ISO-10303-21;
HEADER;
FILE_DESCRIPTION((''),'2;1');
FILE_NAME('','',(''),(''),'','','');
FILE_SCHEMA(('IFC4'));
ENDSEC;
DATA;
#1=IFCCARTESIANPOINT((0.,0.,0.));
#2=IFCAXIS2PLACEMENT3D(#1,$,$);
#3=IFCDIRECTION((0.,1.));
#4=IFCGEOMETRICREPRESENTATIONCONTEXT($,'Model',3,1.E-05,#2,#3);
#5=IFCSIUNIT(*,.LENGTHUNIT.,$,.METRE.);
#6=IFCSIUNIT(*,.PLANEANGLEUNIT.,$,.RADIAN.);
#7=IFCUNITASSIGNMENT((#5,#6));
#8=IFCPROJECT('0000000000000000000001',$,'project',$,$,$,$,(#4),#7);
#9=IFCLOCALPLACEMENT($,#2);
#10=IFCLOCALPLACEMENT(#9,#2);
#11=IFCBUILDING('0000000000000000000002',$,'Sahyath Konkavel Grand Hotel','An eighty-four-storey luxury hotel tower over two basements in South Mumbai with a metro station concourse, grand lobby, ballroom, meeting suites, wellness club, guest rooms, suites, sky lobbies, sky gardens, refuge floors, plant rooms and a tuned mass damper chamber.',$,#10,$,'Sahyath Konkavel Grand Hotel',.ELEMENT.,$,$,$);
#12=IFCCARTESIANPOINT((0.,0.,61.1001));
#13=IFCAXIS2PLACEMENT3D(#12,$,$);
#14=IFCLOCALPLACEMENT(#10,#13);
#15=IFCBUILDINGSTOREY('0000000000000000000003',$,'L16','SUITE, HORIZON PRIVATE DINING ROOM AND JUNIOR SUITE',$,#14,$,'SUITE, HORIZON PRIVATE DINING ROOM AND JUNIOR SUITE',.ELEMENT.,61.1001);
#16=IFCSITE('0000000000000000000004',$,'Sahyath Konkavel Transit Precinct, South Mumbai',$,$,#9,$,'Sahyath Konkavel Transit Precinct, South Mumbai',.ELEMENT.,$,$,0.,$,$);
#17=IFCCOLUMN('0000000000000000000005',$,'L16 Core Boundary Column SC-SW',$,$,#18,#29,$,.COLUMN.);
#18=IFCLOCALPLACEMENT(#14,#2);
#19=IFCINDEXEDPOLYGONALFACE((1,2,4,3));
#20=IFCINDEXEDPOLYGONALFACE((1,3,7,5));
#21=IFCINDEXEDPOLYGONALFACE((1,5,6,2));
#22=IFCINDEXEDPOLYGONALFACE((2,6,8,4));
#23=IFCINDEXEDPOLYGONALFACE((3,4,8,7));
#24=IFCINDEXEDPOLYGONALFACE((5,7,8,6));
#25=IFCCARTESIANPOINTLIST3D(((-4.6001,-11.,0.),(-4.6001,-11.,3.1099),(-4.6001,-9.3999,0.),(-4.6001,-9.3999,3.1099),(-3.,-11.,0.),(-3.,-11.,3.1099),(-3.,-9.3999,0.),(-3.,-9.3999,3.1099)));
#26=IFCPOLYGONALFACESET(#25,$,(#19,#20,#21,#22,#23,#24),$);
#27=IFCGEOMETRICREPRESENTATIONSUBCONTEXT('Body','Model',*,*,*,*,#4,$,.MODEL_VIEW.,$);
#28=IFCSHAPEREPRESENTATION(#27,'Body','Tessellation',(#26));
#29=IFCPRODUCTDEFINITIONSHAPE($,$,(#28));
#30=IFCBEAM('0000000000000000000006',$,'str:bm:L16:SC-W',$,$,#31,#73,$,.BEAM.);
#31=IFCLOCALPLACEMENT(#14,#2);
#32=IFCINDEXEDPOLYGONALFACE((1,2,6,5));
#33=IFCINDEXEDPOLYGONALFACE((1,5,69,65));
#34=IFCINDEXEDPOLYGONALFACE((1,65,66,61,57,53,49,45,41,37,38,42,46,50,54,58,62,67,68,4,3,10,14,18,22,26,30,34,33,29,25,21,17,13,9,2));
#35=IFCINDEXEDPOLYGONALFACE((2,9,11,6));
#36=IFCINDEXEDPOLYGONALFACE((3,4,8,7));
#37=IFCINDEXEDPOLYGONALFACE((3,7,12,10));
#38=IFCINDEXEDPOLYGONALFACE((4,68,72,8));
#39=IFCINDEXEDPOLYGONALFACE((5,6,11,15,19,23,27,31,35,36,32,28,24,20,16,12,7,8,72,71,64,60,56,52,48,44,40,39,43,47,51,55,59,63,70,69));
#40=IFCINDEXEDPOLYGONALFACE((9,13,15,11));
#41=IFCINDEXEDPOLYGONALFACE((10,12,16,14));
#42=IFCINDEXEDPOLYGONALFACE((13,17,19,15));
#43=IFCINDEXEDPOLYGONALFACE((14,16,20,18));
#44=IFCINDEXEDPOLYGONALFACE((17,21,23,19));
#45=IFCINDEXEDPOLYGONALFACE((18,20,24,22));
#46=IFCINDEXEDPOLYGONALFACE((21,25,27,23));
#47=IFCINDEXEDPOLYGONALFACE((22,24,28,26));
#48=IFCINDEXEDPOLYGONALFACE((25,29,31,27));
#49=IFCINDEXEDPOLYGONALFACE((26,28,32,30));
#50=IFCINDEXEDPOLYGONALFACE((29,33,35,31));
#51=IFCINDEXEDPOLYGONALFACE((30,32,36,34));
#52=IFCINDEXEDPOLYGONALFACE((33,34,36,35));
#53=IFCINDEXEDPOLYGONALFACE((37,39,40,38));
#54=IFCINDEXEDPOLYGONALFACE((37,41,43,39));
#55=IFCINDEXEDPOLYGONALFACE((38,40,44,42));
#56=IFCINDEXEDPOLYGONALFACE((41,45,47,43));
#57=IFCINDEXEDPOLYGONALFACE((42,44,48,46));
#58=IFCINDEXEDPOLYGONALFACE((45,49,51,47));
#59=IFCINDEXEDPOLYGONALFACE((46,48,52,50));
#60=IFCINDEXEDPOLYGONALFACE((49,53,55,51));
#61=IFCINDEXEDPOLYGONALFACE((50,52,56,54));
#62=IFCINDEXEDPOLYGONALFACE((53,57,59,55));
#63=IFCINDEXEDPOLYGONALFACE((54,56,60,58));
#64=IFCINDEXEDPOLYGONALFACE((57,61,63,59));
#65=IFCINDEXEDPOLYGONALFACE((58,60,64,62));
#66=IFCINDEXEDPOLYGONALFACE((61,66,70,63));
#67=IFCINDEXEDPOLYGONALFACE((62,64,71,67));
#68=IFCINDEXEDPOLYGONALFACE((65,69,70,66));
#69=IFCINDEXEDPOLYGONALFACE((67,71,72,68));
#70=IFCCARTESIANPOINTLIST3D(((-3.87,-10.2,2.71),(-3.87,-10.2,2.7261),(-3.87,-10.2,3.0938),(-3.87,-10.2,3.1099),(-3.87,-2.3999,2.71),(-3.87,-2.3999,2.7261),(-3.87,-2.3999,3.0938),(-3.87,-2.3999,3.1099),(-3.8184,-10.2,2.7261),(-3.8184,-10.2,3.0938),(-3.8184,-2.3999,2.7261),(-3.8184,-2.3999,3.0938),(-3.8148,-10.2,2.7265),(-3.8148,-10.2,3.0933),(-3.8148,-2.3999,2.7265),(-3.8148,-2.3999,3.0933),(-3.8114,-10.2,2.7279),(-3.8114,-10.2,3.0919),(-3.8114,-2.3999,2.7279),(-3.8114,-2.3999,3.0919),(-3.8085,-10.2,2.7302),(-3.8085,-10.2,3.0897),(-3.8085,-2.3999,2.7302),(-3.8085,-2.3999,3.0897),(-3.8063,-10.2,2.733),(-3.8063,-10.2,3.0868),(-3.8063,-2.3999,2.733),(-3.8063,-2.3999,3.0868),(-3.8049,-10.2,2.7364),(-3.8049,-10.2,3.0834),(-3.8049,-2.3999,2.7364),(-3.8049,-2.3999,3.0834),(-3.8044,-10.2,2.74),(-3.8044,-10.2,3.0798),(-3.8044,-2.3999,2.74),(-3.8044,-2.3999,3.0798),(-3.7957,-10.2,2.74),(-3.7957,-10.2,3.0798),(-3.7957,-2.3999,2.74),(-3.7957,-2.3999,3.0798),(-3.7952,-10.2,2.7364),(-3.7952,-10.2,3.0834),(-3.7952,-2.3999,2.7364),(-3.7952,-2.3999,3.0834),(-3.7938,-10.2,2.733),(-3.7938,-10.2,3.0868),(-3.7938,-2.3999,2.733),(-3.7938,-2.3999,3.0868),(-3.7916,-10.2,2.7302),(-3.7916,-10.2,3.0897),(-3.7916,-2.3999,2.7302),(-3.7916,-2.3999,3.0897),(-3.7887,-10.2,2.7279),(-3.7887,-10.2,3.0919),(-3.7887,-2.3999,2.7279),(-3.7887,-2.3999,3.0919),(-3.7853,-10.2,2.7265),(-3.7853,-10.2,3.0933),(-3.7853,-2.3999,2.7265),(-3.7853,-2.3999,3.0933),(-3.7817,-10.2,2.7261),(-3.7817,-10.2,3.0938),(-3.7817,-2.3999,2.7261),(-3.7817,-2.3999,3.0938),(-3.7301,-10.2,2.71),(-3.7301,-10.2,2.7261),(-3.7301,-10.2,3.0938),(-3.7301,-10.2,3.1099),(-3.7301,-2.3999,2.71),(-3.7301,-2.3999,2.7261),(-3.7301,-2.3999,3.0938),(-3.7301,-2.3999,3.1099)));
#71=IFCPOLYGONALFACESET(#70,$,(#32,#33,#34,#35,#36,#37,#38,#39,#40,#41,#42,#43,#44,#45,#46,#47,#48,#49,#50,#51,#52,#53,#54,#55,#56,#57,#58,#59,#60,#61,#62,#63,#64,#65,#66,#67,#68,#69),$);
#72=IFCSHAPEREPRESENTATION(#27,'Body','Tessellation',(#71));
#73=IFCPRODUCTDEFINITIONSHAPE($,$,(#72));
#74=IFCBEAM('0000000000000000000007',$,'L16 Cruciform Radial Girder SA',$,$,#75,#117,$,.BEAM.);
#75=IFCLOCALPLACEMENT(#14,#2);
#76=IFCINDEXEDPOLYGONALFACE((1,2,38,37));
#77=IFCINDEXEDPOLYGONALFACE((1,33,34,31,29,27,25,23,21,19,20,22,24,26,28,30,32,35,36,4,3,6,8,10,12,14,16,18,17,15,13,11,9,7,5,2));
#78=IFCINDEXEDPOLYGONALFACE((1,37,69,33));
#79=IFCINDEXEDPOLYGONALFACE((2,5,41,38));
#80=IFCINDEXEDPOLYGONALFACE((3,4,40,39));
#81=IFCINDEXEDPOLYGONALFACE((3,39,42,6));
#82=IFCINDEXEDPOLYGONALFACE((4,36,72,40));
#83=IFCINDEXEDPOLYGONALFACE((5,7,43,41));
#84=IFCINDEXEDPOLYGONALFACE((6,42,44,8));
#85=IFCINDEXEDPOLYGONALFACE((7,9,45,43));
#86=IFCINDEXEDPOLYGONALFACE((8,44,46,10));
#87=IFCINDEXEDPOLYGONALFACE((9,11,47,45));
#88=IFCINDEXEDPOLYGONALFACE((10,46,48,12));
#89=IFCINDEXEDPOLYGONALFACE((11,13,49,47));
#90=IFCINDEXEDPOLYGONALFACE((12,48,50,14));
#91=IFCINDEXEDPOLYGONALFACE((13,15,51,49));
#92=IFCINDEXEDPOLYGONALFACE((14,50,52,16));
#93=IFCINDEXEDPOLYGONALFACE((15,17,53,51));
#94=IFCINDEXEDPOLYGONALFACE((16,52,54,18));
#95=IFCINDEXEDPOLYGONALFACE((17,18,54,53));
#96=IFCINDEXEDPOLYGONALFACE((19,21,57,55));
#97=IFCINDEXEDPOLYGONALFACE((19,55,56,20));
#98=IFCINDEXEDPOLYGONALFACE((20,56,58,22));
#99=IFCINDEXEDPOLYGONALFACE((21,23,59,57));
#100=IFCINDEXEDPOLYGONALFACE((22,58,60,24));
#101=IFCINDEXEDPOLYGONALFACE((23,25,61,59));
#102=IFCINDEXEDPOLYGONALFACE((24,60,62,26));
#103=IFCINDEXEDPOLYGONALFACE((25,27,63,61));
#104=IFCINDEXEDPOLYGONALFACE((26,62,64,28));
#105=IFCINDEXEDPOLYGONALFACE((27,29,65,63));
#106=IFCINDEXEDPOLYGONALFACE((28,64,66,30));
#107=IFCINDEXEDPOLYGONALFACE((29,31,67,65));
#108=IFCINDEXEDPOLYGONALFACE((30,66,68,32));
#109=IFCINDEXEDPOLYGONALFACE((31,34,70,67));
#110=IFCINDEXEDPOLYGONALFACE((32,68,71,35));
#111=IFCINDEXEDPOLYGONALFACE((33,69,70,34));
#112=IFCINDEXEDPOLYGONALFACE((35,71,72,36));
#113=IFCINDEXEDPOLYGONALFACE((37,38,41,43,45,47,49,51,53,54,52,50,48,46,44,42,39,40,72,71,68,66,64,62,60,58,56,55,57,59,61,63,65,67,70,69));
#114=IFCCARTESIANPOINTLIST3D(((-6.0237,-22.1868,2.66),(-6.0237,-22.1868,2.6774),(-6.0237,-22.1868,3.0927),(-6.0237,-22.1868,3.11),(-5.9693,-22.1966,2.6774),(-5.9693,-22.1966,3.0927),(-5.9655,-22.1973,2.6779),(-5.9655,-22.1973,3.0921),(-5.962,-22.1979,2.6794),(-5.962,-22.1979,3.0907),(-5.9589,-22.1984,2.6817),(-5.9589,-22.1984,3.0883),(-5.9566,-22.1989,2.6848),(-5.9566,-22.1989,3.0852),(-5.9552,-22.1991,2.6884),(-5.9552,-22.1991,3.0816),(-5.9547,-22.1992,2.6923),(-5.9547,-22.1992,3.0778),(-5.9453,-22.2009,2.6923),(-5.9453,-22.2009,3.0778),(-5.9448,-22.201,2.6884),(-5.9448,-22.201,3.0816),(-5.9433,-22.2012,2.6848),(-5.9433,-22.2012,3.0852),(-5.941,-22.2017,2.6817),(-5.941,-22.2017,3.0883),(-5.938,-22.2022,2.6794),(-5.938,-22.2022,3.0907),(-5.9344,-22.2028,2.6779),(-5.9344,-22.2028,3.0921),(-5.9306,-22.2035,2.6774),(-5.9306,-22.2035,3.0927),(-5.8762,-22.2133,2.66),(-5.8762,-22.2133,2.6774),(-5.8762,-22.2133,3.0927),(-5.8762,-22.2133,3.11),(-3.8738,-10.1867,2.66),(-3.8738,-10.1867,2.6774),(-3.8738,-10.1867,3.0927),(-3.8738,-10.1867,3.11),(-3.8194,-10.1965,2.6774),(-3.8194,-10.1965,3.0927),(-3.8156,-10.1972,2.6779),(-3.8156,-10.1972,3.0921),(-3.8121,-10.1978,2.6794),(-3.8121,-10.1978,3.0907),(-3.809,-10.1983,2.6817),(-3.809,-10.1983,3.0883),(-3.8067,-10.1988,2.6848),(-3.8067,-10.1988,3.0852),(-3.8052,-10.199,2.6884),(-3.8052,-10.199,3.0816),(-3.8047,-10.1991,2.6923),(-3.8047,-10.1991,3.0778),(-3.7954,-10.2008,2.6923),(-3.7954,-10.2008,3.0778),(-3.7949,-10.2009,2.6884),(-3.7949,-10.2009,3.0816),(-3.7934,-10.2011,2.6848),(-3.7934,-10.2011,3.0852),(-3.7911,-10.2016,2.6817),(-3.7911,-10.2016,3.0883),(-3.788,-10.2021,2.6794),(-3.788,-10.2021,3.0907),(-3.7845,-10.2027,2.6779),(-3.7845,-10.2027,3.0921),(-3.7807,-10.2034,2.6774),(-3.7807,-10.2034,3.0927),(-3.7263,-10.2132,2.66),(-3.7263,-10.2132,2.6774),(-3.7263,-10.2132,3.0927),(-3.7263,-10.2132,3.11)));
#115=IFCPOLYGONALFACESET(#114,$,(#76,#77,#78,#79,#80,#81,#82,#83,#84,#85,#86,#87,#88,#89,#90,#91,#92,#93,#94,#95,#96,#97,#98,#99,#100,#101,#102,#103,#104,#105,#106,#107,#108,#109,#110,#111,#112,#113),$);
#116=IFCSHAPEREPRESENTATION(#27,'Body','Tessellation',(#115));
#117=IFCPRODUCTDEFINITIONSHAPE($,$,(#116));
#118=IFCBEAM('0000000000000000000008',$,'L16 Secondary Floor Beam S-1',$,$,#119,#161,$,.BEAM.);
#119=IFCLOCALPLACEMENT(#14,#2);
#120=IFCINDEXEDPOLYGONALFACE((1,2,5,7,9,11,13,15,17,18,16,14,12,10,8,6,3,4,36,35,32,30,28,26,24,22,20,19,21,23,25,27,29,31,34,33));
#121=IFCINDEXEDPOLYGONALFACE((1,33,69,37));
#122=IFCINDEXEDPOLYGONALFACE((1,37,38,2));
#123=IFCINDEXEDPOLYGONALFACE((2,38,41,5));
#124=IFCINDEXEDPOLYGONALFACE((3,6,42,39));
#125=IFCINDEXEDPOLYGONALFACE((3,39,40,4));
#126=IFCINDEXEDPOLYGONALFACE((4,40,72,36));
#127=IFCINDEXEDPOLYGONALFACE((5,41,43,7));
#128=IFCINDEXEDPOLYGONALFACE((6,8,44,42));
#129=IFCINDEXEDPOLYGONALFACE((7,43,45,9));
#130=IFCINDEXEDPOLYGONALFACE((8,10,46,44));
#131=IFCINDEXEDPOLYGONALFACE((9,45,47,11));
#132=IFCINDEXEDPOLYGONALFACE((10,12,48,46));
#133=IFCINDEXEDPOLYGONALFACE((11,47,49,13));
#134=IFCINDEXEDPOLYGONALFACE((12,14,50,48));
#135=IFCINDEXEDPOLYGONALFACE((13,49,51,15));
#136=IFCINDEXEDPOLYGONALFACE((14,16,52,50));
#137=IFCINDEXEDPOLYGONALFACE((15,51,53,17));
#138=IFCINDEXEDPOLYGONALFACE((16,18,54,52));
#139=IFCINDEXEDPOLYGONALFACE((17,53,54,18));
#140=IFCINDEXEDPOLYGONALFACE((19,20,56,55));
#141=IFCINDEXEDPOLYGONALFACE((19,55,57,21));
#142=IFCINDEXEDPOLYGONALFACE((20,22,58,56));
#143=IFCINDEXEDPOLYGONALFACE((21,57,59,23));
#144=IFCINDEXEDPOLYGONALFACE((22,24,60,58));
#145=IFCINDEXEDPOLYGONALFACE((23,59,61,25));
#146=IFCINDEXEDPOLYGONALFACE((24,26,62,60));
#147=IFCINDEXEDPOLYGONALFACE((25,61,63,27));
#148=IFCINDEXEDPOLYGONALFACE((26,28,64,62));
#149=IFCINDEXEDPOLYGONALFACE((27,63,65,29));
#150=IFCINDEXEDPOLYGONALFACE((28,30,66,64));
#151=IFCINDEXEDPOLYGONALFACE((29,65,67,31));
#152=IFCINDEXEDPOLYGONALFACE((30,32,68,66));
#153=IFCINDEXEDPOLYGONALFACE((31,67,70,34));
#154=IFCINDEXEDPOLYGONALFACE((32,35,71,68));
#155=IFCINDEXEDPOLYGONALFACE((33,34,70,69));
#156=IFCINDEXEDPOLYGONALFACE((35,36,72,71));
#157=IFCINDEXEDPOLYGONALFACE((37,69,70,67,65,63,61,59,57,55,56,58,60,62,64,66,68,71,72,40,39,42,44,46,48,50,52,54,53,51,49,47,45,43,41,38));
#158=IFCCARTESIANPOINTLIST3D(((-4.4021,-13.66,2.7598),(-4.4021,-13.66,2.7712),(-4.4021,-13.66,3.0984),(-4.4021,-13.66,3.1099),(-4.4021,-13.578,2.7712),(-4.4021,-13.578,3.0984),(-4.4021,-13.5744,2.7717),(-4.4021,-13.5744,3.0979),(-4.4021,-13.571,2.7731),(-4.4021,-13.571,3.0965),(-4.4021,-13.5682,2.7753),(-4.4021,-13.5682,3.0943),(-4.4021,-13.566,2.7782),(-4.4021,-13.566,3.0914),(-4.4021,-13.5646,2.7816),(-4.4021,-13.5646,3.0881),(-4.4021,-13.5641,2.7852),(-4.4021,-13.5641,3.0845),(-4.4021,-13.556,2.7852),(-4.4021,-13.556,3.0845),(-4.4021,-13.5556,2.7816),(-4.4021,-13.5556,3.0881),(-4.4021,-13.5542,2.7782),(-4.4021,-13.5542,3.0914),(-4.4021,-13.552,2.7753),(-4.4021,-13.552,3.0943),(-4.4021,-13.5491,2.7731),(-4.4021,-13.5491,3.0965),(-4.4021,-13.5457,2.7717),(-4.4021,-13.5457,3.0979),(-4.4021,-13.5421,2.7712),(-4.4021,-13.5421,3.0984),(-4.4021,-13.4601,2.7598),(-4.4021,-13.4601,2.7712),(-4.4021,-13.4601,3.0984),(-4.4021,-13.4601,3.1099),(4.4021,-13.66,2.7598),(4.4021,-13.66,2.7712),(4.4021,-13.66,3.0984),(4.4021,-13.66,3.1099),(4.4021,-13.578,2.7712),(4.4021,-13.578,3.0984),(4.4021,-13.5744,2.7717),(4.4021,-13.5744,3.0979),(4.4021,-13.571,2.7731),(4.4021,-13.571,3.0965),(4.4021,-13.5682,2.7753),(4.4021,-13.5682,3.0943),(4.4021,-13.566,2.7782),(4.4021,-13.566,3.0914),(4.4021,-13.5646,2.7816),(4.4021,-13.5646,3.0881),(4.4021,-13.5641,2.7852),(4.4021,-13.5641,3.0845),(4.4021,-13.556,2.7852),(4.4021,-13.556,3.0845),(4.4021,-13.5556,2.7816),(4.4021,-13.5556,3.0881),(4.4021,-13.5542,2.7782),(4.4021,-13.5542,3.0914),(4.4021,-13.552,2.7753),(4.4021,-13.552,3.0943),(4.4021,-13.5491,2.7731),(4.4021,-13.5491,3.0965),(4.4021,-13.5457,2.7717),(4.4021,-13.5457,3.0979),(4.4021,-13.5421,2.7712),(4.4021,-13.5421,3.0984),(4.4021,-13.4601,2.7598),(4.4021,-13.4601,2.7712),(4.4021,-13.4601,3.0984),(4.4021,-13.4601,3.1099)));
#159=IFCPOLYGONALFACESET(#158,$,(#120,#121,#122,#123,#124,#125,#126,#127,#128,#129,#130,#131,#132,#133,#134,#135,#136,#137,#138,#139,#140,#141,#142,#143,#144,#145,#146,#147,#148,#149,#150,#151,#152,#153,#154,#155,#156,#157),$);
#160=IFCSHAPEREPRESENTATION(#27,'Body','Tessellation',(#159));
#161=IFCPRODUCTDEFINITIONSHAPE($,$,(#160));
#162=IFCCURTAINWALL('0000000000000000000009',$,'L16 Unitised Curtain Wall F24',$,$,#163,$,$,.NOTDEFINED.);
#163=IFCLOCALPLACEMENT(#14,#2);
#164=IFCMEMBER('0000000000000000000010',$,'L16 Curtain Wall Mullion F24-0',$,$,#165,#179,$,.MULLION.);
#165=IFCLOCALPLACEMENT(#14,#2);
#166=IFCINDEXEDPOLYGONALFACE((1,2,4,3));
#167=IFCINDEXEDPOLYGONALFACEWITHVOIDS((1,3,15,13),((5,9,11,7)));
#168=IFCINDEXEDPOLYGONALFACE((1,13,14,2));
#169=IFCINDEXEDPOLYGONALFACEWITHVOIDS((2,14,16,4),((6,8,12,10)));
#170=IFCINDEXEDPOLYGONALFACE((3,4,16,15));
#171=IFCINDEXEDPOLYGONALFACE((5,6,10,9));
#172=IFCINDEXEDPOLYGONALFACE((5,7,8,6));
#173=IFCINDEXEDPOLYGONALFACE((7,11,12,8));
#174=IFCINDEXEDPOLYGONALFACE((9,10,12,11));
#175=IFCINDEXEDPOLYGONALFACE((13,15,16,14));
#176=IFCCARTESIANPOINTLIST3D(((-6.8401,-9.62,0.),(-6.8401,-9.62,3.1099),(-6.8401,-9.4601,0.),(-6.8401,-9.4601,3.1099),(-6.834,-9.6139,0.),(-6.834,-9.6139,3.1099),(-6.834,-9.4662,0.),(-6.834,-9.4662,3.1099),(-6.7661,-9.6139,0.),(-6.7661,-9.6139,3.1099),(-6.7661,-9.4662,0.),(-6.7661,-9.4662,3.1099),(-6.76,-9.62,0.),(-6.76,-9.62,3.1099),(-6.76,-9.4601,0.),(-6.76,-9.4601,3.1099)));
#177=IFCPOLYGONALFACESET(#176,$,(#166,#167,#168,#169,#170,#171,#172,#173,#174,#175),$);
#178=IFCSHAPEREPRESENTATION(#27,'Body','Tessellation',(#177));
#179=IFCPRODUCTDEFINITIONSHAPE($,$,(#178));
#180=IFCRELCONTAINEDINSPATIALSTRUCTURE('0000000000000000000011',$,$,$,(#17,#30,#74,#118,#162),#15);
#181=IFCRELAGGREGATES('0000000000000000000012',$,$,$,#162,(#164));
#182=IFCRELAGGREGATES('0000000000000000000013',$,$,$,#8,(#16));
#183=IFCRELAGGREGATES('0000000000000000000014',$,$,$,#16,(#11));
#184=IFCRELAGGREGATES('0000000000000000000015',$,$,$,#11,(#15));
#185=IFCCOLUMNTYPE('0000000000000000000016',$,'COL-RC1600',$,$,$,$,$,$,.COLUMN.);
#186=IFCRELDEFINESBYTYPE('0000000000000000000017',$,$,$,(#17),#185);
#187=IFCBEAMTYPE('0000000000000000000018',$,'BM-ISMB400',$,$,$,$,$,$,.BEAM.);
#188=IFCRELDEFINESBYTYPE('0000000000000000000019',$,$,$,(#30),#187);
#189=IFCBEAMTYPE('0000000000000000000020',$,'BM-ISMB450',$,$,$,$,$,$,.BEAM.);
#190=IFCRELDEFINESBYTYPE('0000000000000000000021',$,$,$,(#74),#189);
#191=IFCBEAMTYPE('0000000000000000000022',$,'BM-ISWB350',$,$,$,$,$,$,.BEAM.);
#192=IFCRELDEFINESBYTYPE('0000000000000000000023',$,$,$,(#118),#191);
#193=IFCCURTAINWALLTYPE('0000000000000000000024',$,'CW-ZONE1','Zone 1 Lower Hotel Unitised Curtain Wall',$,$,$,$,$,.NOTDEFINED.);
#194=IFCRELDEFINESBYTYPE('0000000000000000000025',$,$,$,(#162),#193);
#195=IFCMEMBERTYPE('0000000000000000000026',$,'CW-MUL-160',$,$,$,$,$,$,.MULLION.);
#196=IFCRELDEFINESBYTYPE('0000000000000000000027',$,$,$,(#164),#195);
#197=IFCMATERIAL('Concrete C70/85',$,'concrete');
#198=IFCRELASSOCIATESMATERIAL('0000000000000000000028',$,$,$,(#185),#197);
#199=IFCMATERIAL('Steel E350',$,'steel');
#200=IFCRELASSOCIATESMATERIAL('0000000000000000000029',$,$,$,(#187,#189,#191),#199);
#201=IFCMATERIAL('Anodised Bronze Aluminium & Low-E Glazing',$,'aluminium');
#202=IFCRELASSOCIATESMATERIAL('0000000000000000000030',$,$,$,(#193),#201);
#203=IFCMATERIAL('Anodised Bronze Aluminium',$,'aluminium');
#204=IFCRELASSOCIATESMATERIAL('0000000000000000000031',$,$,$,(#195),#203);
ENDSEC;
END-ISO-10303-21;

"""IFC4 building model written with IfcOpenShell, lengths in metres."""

from ifc_helpers import new_model, si_unit, direction, frame, origin, origin_2d, place, context, subcontext, project, spatial, rectangle, hollow_rectangle, i_section, extrude, source, transform, mapped, material, material_profile, profile_set, type_object, element, aggregate, save


model = new_model("IFC4")

# Units and contexts
model_context = context("Model", 3, precision=1e-05, world=origin(), true_north=direction((0.0, 1.0)))
body_context = subcontext(model_context, "Body", "Model", "MODEL_VIEW")
ifc_project = project(units=[si_unit("LENGTHUNIT", "METRE"), si_unit("PLANEANGLEUNIT", "RADIAN")], contexts=[model_context])

# Site, building, storey
site_placement = place(None, origin())
site = spatial("IfcSite", under=ifc_project, at=site_placement, Name="Sahyath Konkavel Transit Precinct, South Mumbai", LongName="Sahyath Konkavel Transit Precinct, South Mumbai", CompositionType="ELEMENT", RefElevation=0.0)
building_placement = place(site_placement, origin())
building = spatial("IfcBuilding", under=site, at=building_placement, Name="Sahyath Konkavel Grand Hotel", Description="An eighty-four-storey luxury hotel tower over two basements in South Mumbai with a metro station concourse, grand lobby, ballroom, meeting suites, wellness club, guest rooms, suites, sky lobbies, sky gardens, refuge floors, plant rooms and a tuned mass damper chamber.", LongName="Sahyath Konkavel Grand Hotel", CompositionType="ELEMENT")
storey_placement = place(building_placement, frame((0.0, 0.0, 61.1001)))
storey = spatial("IfcBuildingStorey", under=building, at=storey_placement, Name="L16", Description="SUITE, HORIZON PRIVATE DINING ROOM AND JUNIOR SUITE", LongName="SUITE, HORIZON PRIVATE DINING ROOM AND JUNIOR SUITE", CompositionType="ELEMENT", Elevation=61.1001)

# Column
ifc_material_1 = material(Name="Concrete C70/85", Category="concrete")
ifc_material_profile_1 = material_profile(ifc_material_1, rectangle(XDim=1.6001, YDim=1.6001, at=origin_2d()), Name="RC 1600x1600")
ifc_profile_set_1 = profile_set([ifc_material_profile_1], Name="Concrete C70/85")
column_type = type_object("IfcColumnType", Name="COL-RC1600", PredefinedType="COLUMN", material=ifc_profile_set_1)
shared_shape_1 = source(origin(), body_context, "Body", "SweptSolid", [
    extrude(rectangle(XDim=1.6001, YDim=1.6001, at=origin_2d()), origin(), (0.0, 0.0, 1.0), 3.1099),
])
column_placement = place(storey_placement, frame((-3.8, -10.2, 0.0), z_axis=(0.0, 0.0, 1.0), x_axis=(1.0, 0.0, 0.0)))
element("IfcColumn", 1, at=column_placement, inside=storey, type_object=column_type, Name="L16 Core Boundary Column SC-SW", PredefinedType="COLUMN", context=body_context, shape_type="MappedRepresentation", body=[
    mapped(shared_shape_1, transform((0.0, 0.0, 0.0), scale=1.0)),
])

# Beams
ifc_material_2 = material(Name="Steel E350", Category="steel")
ifc_material_profile_2 = material_profile(ifc_material_2, i_section(OverallWidth=0.1399, OverallDepth=0.3999, WebThickness=0.0088, FlangeThickness=0.0161, FilletRadius=0.0139, at=origin_2d()), Name="ISMB 400")
ifc_profile_set_2 = profile_set([ifc_material_profile_2], Name="Steel E350")
beam_type_1 = type_object("IfcBeamType", Name="BM-ISMB400", PredefinedType="BEAM", material=ifc_profile_set_2)
shared_shape_2 = source(origin(), body_context, "Body", "SweptSolid", [
    extrude(i_section(OverallWidth=0.1399, OverallDepth=0.3999, WebThickness=0.0088, FlangeThickness=0.0161, FilletRadius=0.0139, at=origin_2d()), origin(), (0.0, 0.0, 1.0), 7.8),
])
beam_1_placement = place(storey_placement, frame((-3.8, -10.2, 2.9099), z_axis=(0.0, 1.0, 0.0), x_axis=(-1.0, 0.0, 0.0)))
element("IfcBeam", 2, at=beam_1_placement, inside=storey, type_object=beam_type_1, Name="str:bm:L16:SC-W", PredefinedType="BEAM", context=body_context, shape_type="MappedRepresentation", body=[
    mapped(shared_shape_2, transform((0.0, 0.0, 0.0), scale=1.0)),
])
ifc_material_profile_3 = material_profile(ifc_material_2, i_section(OverallWidth=0.1499, OverallDepth=0.45, WebThickness=0.0095, FlangeThickness=0.0173, FilletRadius=0.0149, at=origin_2d()), Name="ISMB 450")
ifc_profile_set_3 = profile_set([ifc_material_profile_3], Name="Steel E350")
beam_type_2 = type_object("IfcBeamType", Name="BM-ISMB450", PredefinedType="BEAM", material=ifc_profile_set_3)
shared_shape_3 = source(origin(), body_context, "Body", "SweptSolid", [
    extrude(i_section(OverallWidth=0.1499, OverallDepth=0.45, WebThickness=0.0095, FlangeThickness=0.0173, FilletRadius=0.0149, at=origin_2d()), origin(), (0.0, 0.0, 1.0), 12.1912),
])
beam_2_placement = place(storey_placement, frame((-3.8, -10.2, 2.885), z_axis=(-0.176351, -0.984327, 0.0), x_axis=(0.984327, -0.176351, 0.0)))
element("IfcBeam", 3, at=beam_2_placement, inside=storey, type_object=beam_type_2, Name="L16 Cruciform Radial Girder SA", PredefinedType="BEAM", context=body_context, shape_type="MappedRepresentation", body=[
    mapped(shared_shape_3, transform((0.0, 0.0, 0.0), scale=1.0)),
])
ifc_material_profile_4 = material_profile(ifc_material_2, i_section(OverallWidth=0.2, OverallDepth=0.3501, WebThickness=0.0081, FlangeThickness=0.0115, FilletRadius=0.0139, at=origin_2d()), Name="ISWB 350")
ifc_profile_set_4 = profile_set([ifc_material_profile_4], Name="Steel E350")
beam_type_3 = type_object("IfcBeamType", Name="BM-ISWB350", PredefinedType="BEAM", material=ifc_profile_set_4)
shared_shape_4 = source(origin(), body_context, "Body", "SweptSolid", [
    extrude(i_section(OverallWidth=0.2, OverallDepth=0.3501, WebThickness=0.0081, FlangeThickness=0.0115, FilletRadius=0.0139, at=origin_2d()), origin(), (0.0, 0.0, 1.0), 8.8042),
])
beam_3_placement = place(storey_placement, frame((-4.4021, -13.5601, 2.9348), z_axis=(1.0, 0.0, 0.0), x_axis=(0.0, 1.0, 0.0)))
element("IfcBeam", 4, at=beam_3_placement, inside=storey, type_object=beam_type_3, Name="L16 Secondary Floor Beam S-1", PredefinedType="BEAM", context=body_context, shape_type="MappedRepresentation", body=[
    mapped(shared_shape_4, transform((0.0, 0.0, 0.0), scale=1.0)),
])

# Curtain wall, member
ifc_material_3 = material(Name="Anodised Bronze Aluminium & Low-E Glazing", Category="aluminium")
curtain_wall_type = type_object("IfcCurtainWallType", Name="CW-ZONE1", Description="Zone 1 Lower Hotel Unitised Curtain Wall", PredefinedType="NOTDEFINED", material=ifc_material_3)
curtain_wall_1_placement = place(storey_placement, origin())
curtain_wall_1 = element("IfcCurtainWall", 5, at=curtain_wall_1_placement, inside=storey, type_object=curtain_wall_type, Name="L16 Unitised Curtain Wall F24", PredefinedType="NOTDEFINED")
ifc_material_4 = material(Name="Anodised Bronze Aluminium", Category="aluminium")
ifc_material_profile_5 = material_profile(ifc_material_4, hollow_rectangle(XDim=0.0801, YDim=0.1599, WallThickness=0.0061, at=origin_2d()), Name="RHS 160x80x6")
ifc_profile_set_5 = profile_set([ifc_material_profile_5], Name="Anodised Bronze Aluminium")
member_type_1 = type_object("IfcMemberType", Name="CW-MUL-160", PredefinedType="MULLION", material=ifc_profile_set_5)
shared_shape_5 = source(origin(), body_context, "Body", "SweptSolid", [
    extrude(hollow_rectangle(XDim=0.0801, YDim=0.1599, WallThickness=0.0061, at=origin_2d()), origin(), (0.0, 0.0, 1.0), 3.1099),
])
member_1_placement = place(storey_placement, frame((-6.8, -9.54, 0.0), z_axis=(0.0, 0.0, 1.0), x_axis=(1.0, 0.0, 0.0)))
member_1 = element("IfcMember", 6, at=member_1_placement, type_object=member_type_1, Name="L16 Curtain Wall Mullion F24-0", PredefinedType="MULLION", context=body_context, shape_type="MappedRepresentation", body=[
    mapped(shared_shape_5, transform((0.0, 0.0, 0.0), scale=1.0)),
])

aggregate(curtain_wall_1, [member_1])

save(model, "model.ifc")
